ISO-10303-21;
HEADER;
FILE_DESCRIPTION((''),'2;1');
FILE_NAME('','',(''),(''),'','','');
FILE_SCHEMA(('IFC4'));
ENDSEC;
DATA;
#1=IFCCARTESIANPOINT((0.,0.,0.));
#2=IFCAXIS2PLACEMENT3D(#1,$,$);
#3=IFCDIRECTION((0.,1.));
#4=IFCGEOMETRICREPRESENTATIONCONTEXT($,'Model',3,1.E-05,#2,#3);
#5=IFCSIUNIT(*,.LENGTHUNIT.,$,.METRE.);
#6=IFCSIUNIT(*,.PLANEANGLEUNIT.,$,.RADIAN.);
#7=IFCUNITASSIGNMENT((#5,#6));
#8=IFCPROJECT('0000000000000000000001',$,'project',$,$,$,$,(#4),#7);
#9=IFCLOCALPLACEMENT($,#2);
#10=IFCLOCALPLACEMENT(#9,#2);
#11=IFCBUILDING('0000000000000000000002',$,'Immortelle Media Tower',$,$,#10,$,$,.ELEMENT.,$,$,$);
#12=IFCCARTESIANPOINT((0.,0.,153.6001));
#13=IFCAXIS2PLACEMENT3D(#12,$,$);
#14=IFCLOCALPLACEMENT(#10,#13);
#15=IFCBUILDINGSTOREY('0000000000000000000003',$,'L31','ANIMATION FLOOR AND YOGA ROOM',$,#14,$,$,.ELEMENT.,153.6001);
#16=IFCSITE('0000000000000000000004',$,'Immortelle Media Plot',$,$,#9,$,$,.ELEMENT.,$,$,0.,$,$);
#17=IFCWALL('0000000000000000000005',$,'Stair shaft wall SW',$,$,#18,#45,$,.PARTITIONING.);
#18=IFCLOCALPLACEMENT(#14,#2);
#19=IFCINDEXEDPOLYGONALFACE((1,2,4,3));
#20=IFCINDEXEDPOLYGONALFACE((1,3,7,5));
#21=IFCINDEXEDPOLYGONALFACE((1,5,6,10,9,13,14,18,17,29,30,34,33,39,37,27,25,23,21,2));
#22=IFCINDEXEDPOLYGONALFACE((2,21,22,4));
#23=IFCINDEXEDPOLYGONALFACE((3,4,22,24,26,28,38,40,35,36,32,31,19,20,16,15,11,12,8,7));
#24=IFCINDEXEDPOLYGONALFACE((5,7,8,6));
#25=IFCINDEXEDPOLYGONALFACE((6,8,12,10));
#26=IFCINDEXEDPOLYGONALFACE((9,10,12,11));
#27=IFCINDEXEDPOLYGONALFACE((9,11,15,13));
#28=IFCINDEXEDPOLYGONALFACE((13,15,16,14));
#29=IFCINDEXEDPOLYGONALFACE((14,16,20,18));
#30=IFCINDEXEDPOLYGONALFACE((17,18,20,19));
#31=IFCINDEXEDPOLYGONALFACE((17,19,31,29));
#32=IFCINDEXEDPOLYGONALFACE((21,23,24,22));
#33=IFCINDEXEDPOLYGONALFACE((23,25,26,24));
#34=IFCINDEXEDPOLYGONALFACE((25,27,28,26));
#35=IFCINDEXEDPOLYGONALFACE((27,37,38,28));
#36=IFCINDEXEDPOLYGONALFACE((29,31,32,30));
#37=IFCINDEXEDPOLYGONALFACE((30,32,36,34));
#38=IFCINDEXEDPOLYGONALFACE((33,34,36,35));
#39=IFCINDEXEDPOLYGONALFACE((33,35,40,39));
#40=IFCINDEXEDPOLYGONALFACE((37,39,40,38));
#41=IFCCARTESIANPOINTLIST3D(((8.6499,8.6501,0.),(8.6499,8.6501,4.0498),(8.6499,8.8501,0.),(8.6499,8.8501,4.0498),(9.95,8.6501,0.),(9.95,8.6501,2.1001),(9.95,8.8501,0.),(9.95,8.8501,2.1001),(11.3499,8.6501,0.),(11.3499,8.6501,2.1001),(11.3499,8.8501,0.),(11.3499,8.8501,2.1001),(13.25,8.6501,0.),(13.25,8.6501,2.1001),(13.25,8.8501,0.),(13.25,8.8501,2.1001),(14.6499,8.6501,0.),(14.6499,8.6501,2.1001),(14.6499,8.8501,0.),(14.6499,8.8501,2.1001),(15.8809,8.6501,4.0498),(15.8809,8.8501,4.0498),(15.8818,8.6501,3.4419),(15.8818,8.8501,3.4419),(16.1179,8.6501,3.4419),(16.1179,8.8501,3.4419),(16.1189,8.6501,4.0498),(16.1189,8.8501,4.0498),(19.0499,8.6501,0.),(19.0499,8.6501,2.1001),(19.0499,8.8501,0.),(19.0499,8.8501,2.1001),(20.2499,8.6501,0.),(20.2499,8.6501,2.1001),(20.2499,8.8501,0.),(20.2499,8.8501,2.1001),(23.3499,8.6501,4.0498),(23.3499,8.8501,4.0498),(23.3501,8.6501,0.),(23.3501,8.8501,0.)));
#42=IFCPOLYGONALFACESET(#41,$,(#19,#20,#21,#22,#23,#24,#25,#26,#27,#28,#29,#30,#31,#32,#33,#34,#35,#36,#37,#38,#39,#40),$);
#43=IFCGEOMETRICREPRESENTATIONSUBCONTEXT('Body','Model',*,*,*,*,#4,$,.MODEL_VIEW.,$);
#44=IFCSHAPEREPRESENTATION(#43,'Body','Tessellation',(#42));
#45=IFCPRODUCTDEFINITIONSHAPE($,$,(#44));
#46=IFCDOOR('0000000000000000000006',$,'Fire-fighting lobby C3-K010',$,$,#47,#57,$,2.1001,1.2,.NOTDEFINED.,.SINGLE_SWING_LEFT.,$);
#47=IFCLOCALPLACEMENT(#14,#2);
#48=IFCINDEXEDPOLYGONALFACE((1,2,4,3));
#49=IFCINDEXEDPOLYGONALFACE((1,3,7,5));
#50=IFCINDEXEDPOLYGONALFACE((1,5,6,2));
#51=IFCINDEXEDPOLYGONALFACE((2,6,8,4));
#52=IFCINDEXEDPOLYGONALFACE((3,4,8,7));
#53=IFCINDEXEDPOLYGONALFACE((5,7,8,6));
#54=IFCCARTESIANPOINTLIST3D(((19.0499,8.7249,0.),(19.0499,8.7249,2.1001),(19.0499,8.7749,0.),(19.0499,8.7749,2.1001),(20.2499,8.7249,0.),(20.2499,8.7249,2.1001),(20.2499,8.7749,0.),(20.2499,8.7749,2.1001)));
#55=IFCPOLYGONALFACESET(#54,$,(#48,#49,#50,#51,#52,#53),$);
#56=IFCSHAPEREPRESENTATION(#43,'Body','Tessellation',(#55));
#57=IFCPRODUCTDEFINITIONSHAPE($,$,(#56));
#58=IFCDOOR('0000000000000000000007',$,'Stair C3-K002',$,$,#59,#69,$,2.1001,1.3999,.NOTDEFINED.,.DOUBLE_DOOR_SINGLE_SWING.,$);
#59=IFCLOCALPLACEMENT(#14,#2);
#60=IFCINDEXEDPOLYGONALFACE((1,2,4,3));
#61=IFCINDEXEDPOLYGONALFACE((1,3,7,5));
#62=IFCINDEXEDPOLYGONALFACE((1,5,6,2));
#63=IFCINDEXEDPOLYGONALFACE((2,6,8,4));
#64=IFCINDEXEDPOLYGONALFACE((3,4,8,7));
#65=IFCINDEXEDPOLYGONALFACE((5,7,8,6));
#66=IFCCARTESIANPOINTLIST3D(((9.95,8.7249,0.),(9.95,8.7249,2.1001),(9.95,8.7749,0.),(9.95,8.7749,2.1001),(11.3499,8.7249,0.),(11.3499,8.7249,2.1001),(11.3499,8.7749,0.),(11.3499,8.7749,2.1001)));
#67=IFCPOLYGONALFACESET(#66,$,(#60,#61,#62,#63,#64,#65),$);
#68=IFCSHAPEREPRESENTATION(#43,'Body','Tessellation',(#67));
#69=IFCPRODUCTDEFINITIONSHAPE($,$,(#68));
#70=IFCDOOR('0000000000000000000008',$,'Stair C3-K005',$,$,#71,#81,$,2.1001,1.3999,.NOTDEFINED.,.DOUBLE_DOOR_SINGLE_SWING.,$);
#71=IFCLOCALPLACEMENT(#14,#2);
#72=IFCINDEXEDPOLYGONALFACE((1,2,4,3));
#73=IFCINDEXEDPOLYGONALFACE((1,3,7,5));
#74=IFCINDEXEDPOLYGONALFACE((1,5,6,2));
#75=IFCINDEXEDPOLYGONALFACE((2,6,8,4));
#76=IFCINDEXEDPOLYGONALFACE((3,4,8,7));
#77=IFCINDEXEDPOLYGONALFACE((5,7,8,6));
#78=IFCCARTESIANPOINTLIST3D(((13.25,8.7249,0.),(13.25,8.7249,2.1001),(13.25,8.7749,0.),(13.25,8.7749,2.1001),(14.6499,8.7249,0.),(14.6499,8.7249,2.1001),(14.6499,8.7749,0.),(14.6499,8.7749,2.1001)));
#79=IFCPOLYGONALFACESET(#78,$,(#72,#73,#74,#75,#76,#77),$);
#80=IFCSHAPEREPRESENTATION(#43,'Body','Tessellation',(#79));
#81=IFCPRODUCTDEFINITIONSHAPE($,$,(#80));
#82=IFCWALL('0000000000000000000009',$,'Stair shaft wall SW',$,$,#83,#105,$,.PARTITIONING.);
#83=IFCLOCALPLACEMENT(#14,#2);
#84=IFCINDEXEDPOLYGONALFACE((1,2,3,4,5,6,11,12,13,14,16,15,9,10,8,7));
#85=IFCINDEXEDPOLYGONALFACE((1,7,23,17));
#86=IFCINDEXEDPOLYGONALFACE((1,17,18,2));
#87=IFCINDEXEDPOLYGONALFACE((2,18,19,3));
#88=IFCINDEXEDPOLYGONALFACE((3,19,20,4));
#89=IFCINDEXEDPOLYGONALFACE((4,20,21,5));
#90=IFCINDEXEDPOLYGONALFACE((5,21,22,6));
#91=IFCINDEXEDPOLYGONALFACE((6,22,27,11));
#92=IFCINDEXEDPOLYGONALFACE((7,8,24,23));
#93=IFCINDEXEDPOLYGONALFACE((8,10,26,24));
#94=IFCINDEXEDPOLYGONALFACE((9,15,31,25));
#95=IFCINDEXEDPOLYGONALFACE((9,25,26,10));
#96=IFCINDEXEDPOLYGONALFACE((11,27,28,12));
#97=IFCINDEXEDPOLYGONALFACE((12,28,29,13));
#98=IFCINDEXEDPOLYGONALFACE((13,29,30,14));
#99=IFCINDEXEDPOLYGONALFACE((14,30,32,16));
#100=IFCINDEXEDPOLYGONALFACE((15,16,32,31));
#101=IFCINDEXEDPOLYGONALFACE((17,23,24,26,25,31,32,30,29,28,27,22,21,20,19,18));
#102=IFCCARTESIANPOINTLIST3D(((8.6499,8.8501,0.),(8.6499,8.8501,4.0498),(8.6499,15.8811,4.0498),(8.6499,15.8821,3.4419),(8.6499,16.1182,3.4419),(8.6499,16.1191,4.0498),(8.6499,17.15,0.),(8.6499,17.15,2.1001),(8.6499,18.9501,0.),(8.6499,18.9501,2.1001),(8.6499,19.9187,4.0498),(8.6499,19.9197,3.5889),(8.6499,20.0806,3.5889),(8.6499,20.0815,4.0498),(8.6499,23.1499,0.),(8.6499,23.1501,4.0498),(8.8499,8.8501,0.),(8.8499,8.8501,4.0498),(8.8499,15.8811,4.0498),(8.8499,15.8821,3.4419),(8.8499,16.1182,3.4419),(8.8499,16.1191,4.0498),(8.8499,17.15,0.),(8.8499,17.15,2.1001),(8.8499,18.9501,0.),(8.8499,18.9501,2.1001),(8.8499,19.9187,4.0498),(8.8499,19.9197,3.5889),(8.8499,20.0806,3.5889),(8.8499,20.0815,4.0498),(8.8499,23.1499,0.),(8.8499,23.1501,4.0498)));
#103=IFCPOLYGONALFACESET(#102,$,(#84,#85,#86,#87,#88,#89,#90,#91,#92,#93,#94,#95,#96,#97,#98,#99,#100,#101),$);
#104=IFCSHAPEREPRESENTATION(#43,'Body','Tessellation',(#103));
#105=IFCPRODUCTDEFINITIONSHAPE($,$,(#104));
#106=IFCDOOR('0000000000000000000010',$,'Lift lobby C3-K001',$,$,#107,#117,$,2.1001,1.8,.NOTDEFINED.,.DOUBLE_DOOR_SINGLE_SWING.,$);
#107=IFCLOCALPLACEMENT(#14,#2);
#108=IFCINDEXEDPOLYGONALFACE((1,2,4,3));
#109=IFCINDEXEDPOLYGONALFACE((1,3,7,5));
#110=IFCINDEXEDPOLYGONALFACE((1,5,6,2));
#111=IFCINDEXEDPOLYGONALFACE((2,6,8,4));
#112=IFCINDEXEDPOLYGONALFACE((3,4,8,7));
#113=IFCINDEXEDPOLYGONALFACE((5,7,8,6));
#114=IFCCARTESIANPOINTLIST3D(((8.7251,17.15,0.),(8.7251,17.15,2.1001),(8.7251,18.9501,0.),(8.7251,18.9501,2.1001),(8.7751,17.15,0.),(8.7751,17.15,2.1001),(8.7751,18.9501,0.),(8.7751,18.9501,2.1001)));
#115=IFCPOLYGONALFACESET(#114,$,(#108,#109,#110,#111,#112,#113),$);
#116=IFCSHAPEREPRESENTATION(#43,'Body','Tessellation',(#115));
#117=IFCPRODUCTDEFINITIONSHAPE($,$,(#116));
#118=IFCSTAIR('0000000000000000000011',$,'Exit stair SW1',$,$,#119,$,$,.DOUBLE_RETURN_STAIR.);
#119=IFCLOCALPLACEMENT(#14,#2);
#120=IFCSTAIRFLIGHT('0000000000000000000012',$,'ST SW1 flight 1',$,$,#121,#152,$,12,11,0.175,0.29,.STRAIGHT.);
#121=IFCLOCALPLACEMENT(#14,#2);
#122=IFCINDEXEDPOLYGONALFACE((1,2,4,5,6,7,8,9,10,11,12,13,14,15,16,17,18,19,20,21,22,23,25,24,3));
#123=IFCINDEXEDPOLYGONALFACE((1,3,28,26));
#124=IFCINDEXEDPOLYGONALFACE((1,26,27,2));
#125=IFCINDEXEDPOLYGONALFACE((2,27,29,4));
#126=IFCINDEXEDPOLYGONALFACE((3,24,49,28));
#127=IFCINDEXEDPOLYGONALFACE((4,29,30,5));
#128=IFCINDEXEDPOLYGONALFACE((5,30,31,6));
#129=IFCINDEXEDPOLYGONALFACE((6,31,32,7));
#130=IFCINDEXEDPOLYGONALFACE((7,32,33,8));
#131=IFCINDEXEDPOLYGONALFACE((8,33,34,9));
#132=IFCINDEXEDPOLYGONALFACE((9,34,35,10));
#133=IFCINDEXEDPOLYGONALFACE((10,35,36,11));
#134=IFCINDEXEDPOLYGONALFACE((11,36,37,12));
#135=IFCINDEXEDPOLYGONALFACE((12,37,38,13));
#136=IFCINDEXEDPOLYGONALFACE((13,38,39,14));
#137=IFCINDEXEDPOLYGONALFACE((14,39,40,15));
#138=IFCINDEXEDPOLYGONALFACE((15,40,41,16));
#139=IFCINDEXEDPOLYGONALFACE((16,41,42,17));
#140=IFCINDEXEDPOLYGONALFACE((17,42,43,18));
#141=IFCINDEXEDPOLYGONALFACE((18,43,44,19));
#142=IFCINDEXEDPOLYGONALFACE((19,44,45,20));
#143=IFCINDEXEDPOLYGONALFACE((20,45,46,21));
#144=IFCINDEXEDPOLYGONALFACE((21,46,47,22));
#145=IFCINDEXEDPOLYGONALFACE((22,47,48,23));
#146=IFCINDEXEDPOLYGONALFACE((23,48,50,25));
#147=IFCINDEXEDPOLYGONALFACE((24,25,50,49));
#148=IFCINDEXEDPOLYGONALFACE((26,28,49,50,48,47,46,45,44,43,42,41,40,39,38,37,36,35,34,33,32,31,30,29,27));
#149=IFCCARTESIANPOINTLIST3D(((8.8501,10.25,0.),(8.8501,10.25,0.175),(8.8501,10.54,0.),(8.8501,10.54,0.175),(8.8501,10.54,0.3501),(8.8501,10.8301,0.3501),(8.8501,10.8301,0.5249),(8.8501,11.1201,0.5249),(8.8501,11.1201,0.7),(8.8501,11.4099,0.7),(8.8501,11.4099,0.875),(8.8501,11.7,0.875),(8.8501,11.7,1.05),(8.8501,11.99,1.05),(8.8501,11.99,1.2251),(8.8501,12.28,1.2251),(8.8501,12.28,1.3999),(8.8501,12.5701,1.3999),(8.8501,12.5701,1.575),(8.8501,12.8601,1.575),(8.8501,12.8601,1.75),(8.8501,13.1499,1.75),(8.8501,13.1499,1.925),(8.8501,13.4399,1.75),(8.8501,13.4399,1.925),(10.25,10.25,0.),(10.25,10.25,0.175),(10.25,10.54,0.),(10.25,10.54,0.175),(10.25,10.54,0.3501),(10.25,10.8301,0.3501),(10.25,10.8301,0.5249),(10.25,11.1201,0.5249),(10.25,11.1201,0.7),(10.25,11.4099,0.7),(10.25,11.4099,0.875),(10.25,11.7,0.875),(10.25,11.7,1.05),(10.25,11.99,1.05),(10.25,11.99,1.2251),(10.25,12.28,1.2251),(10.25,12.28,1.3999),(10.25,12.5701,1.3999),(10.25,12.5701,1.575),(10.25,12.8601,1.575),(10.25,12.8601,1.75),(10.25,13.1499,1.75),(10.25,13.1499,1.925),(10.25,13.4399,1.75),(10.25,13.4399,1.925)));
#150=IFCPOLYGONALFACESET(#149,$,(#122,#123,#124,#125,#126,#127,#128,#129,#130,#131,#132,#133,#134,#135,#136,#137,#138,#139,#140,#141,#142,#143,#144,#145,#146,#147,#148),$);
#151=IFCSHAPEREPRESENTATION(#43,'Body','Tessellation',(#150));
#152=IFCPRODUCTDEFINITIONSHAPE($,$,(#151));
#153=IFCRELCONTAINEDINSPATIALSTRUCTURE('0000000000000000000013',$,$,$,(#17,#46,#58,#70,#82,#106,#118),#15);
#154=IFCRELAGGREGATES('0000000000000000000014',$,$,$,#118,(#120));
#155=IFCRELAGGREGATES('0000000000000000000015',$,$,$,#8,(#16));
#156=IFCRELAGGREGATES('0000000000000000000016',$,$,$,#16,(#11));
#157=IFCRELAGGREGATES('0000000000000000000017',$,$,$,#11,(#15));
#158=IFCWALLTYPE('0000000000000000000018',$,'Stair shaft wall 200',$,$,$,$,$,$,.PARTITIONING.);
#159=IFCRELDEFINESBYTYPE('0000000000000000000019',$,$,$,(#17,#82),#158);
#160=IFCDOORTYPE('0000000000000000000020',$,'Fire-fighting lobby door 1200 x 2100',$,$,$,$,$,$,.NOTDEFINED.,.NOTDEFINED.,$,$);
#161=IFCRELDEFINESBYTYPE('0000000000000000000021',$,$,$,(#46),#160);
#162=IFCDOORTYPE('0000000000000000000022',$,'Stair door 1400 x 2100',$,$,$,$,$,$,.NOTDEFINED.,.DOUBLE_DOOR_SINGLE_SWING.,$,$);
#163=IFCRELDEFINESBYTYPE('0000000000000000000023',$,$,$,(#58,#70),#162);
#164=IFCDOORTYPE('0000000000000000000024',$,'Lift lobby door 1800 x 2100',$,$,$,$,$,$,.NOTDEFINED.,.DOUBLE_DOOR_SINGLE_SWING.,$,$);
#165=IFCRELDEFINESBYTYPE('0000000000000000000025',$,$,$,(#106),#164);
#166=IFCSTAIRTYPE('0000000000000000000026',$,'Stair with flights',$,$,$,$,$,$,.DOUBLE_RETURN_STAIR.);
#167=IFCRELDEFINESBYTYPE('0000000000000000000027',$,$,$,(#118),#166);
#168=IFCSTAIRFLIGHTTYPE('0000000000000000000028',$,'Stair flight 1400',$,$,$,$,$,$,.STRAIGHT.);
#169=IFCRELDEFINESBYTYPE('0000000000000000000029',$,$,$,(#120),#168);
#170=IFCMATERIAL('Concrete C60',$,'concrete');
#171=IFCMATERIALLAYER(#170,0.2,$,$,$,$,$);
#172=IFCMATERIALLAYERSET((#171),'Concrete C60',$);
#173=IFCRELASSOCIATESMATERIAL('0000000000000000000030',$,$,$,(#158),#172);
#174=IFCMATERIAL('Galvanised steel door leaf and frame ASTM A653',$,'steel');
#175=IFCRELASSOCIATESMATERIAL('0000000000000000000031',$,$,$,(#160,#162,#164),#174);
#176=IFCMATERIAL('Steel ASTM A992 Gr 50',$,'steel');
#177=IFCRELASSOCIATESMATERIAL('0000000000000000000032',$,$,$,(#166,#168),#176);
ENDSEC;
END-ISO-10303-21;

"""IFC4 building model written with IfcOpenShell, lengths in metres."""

from ifc_helpers import new_model, si_unit, direction, frame, frame_2d, origin, place, context, subcontext, project, spatial, polyline, rectangle, outline, extrude, material, layer, layer_set, type_object, element, fill, aggregate, save


model = new_model("IFC4")

# Units and contexts
model_context = context("Model", 3, precision=1e-05, world=origin(), true_north=direction((0.0, 1.0)))
body_context = subcontext(model_context, "Body", "Model", "MODEL_VIEW")
ifc_project = project(units=[si_unit("LENGTHUNIT", "METRE"), si_unit("PLANEANGLEUNIT", "RADIAN")], contexts=[model_context])

# Site, building, storey
site_placement = place(None, origin())
site = spatial("IfcSite", under=ifc_project, at=site_placement, Name="Immortelle Media Plot", CompositionType="ELEMENT", RefElevation=0.0)
building_placement = place(site_placement, origin())
building = spatial("IfcBuilding", under=site, at=building_placement, Name="Immortelle Media Tower", CompositionType="ELEMENT")
storey_placement = place(building_placement, frame((0.0, 0.0, 153.6001)))
storey = spatial("IfcBuildingStorey", under=building, at=storey_placement, Name="L31", Description="ANIMATION FLOOR AND YOGA ROOM", CompositionType="ELEMENT", Elevation=153.6001)

# Shared definitions
ifc_material_1 = material(Name="Steel ASTM A992 Gr 50", Category="steel")

# Wall, openings, doors
ifc_material_2 = material(Name="Concrete C60", Category="concrete")
ifc_layer_1 = layer(ifc_material_2, 0.2)
ifc_layer_set_1 = layer_set([ifc_layer_1], Name="Concrete C60")
wall_type_1 = type_object("IfcWallType", Name="Stair shaft wall 200", PredefinedType="PARTITIONING", material=ifc_layer_set_1)
wall_1_placement = place(storey_placement, frame((8.6499, 8.75, 0.0), z_axis=(0.0, 0.0, 1.0), x_axis=(1.0, 0.0, 0.0)))
wall_1 = element("IfcWall", 1, at=wall_1_placement, inside=storey, type_object=wall_type_1, Name="Stair shaft wall SW", PredefinedType="PARTITIONING", context=body_context, shape_type="SweptSolid", body=[
    extrude(outline(polyline([(0.0, 0.0), (14.7002, 0.0), (14.7, 4.0498), (7.469, 4.0498), (7.468, 3.4419), (7.2319, 3.4419), (7.231, 4.0498), (0.0, 4.0498), (0.0, 0.0)])), frame((0.0, 0.1001, 0.0), z_axis=(0.0, -1.0, 0.0), x_axis=(1.0, 0.0, 0.0)), (0.0, 0.0, 1.0), 0.2),
])
opening_1_placement = place(wall_1_placement, frame((1.3, 0.0, 0.0)))
opening_1 = element("IfcOpeningElement", 2, at=opening_1_placement, cuts=wall_1, PredefinedType="OPENING", context=body_context, shape_type="SweptSolid", body=[
    extrude(rectangle(XDim=1.3999, YDim=2.1001, at=frame_2d((0.7, 1.05))), frame((0.0, 0.1099, 0.0), z_axis=(0.0, -1.0, 0.0), x_axis=(1.0, 0.0, 0.0)), (0.0, 0.0, 1.0), 0.22),
])
opening_2_placement = place(wall_1_placement, frame((4.6001, 0.0, 0.0)))
opening_2 = element("IfcOpeningElement", 3, at=opening_2_placement, cuts=wall_1, PredefinedType="OPENING", context=body_context, shape_type="SweptSolid", body=[
    extrude(rectangle(XDim=1.3999, YDim=2.1001, at=frame_2d((0.7, 1.05))), frame((0.0, 0.1099, 0.0), z_axis=(0.0, -1.0, 0.0), x_axis=(1.0, 0.0, 0.0)), (0.0, 0.0, 1.0), 0.22),
])
opening_3_placement = place(wall_1_placement, frame((10.3999, 0.0, 0.0)))
opening_3 = element("IfcOpeningElement", 4, at=opening_3_placement, cuts=wall_1, PredefinedType="OPENING", context=body_context, shape_type="SweptSolid", body=[
    extrude(rectangle(XDim=1.2, YDim=2.1001, at=frame_2d((0.6001, 1.05))), frame((0.0, 0.1099, 0.0), z_axis=(0.0, -1.0, 0.0), x_axis=(1.0, 0.0, 0.0)), (0.0, 0.0, 1.0), 0.22),
])
ifc_material_3 = material(Name="Galvanised steel door leaf and frame ASTM A653", Category="steel")
door_type_1 = type_object("IfcDoorType", Name="Fire-fighting lobby door 1200 x 2100", OperationType="NOTDEFINED", PredefinedType="NOTDEFINED", material=ifc_material_3)
door_1_placement = place(opening_3_placement, origin())
door_1 = element("IfcDoor", 5, at=door_1_placement, inside=storey, type_object=door_type_1, Name="Fire-fighting lobby C3-K010", OperationType="SINGLE_SWING_LEFT", OverallHeight=2.1001, OverallWidth=1.2, PredefinedType="NOTDEFINED", context=body_context, shape_type="SweptSolid", body=[
    extrude(rectangle(XDim=1.2, YDim=2.1001, at=frame_2d((0.6001, 1.05))), frame((0.0, 0.0249, 0.0), z_axis=(0.0, -1.0, 0.0), x_axis=(1.0, 0.0, 0.0)), (0.0, 0.0, 1.0), 0.05),
])
fill(opening_3, door_1)
door_type_2 = type_object("IfcDoorType", Name="Stair door 1400 x 2100", OperationType="DOUBLE_DOOR_SINGLE_SWING", PredefinedType="NOTDEFINED", material=ifc_material_3)
door_2_placement = place(opening_1_placement, origin())
door_2 = element("IfcDoor", 6, at=door_2_placement, inside=storey, type_object=door_type_2, Name="Stair C3-K002", OperationType="DOUBLE_DOOR_SINGLE_SWING", OverallHeight=2.1001, OverallWidth=1.3999, PredefinedType="NOTDEFINED", context=body_context, shape_type="SweptSolid", body=[
    extrude(rectangle(XDim=1.3999, YDim=2.1001, at=frame_2d((0.7, 1.05))), frame((0.0, 0.0249, 0.0), z_axis=(0.0, -1.0, 0.0), x_axis=(1.0, 0.0, 0.0)), (0.0, 0.0, 1.0), 0.05),
])
fill(opening_1, door_2)
door_3_placement = place(opening_2_placement, origin())
door_3 = element("IfcDoor", 7, at=door_3_placement, inside=storey, type_object=door_type_2, Name="Stair C3-K005", OperationType="DOUBLE_DOOR_SINGLE_SWING", OverallHeight=2.1001, OverallWidth=1.3999, PredefinedType="NOTDEFINED", context=body_context, shape_type="SweptSolid", body=[
    extrude(rectangle(XDim=1.3999, YDim=2.1001, at=frame_2d((0.7, 1.05))), frame((0.0, 0.0249, 0.0), z_axis=(0.0, -1.0, 0.0), x_axis=(1.0, 0.0, 0.0)), (0.0, 0.0, 1.0), 0.05),
])
fill(opening_2, door_3)

# Wall, opening, door
wall_2_placement = place(storey_placement, frame((8.75, 8.8501, 0.0), z_axis=(0.0, 0.0, 1.0), x_axis=(0.0, 1.0, 0.0)))
wall_2 = element("IfcWall", 8, at=wall_2_placement, inside=storey, type_object=wall_type_1, Name="Stair shaft wall SW", PredefinedType="PARTITIONING", context=body_context, shape_type="SweptSolid", body=[
    extrude(outline(polyline([(0.0, 0.0), (14.2998, 0.0), (14.3, 4.0498), (11.2314, 4.0498), (11.2305, 3.5889), (11.0696, 3.5889), (11.0686, 4.0498), (7.269, 4.0498), (7.2681, 3.4419), (7.032, 3.4419), (7.031, 4.0498), (0.0, 4.0498), (0.0, 0.0)])), frame((0.0, 0.1001, 0.0), z_axis=(0.0, -1.0, 0.0), x_axis=(1.0, 0.0, 0.0)), (0.0, 0.0, 1.0), 0.2),
])
opening_4_placement = place(wall_2_placement, frame((8.3, 0.0, 0.0)))
opening_4 = element("IfcOpeningElement", 9, at=opening_4_placement, cuts=wall_2, PredefinedType="OPENING", context=body_context, shape_type="SweptSolid", body=[
    extrude(rectangle(XDim=1.8, YDim=2.1001, at=frame_2d((0.8999, 1.05))), frame((0.0, 0.1099, 0.0), z_axis=(0.0, -1.0, 0.0), x_axis=(1.0, 0.0, 0.0)), (0.0, 0.0, 1.0), 0.22),
])
door_type_3 = type_object("IfcDoorType", Name="Lift lobby door 1800 x 2100", OperationType="DOUBLE_DOOR_SINGLE_SWING", PredefinedType="NOTDEFINED", material=ifc_material_3)
door_4_placement = place(opening_4_placement, origin())
door_4 = element("IfcDoor", 10, at=door_4_placement, inside=storey, type_object=door_type_3, Name="Lift lobby C3-K001", OperationType="DOUBLE_DOOR_SINGLE_SWING", OverallHeight=2.1001, OverallWidth=1.8, PredefinedType="NOTDEFINED", context=body_context, shape_type="SweptSolid", body=[
    extrude(rectangle(XDim=1.8, YDim=2.1001, at=frame_2d((0.8999, 1.05))), frame((0.0, 0.0249, 0.0), z_axis=(0.0, -1.0, 0.0), x_axis=(1.0, 0.0, 0.0)), (0.0, 0.0, 1.0), 0.05),
])
fill(opening_4, door_4)

# Stair, stair flight
stair_type = type_object("IfcStairType", Name="Stair with flights", PredefinedType="DOUBLE_RETURN_STAIR", material=ifc_material_1)
stair_placement = place(storey_placement, origin())
stair = element("IfcStair", 11, at=stair_placement, inside=storey, type_object=stair_type, Name="Exit stair SW1", PredefinedType="DOUBLE_RETURN_STAIR")
stair_flight_type = type_object("IfcStairFlightType", Name="Stair flight 1400", PredefinedType="STRAIGHT", material=ifc_material_1)
stair_flight_placement = place(storey_placement, frame((9.55, 10.25, 0.0), z_axis=(0.0, 0.0, 1.0), x_axis=(0.0, 1.0, 0.0)))
stair_flight = element("IfcStairFlight", 12, at=stair_flight_placement, type_object=stair_flight_type, Name="ST SW1 flight 1", NumberOfRisers=12, NumberOfTreads=11, PredefinedType="STRAIGHT", RiserHeight=0.175, TreadLength=0.29, context=body_context, shape_type="SweptSolid", body=[
    extrude(outline(polyline([(0.0, 0.0), (0.0, 0.175), (0.29, 0.175), (0.29, 0.3501), (0.5801, 0.3501), (0.5801, 0.5249), (0.8701, 0.5249), (0.8701, 0.7), (1.1599, 0.7), (1.1599, 0.875), (1.45, 0.875), (1.45, 1.05), (1.74, 1.05), (1.74, 1.2251), (2.03, 1.2251), (2.03, 1.3999), (2.3201, 1.3999), (2.3201, 1.575), (2.6101, 1.575), (2.6101, 1.75), (2.8999, 1.75), (2.8999, 1.925), (3.1899, 1.925), (3.1899, 2.1001), (3.1899, 1.75), (0.29, 0.0), (0.0, 0.0)])), frame((0.0, 0.7, 0.0), z_axis=(0.0, -1.0, 0.0), x_axis=(1.0, 0.0, 0.0)), (0.0, 0.0, 1.0), 1.3999),
])
aggregate(stair, [stair_flight])

save(model, "model.ifc")
